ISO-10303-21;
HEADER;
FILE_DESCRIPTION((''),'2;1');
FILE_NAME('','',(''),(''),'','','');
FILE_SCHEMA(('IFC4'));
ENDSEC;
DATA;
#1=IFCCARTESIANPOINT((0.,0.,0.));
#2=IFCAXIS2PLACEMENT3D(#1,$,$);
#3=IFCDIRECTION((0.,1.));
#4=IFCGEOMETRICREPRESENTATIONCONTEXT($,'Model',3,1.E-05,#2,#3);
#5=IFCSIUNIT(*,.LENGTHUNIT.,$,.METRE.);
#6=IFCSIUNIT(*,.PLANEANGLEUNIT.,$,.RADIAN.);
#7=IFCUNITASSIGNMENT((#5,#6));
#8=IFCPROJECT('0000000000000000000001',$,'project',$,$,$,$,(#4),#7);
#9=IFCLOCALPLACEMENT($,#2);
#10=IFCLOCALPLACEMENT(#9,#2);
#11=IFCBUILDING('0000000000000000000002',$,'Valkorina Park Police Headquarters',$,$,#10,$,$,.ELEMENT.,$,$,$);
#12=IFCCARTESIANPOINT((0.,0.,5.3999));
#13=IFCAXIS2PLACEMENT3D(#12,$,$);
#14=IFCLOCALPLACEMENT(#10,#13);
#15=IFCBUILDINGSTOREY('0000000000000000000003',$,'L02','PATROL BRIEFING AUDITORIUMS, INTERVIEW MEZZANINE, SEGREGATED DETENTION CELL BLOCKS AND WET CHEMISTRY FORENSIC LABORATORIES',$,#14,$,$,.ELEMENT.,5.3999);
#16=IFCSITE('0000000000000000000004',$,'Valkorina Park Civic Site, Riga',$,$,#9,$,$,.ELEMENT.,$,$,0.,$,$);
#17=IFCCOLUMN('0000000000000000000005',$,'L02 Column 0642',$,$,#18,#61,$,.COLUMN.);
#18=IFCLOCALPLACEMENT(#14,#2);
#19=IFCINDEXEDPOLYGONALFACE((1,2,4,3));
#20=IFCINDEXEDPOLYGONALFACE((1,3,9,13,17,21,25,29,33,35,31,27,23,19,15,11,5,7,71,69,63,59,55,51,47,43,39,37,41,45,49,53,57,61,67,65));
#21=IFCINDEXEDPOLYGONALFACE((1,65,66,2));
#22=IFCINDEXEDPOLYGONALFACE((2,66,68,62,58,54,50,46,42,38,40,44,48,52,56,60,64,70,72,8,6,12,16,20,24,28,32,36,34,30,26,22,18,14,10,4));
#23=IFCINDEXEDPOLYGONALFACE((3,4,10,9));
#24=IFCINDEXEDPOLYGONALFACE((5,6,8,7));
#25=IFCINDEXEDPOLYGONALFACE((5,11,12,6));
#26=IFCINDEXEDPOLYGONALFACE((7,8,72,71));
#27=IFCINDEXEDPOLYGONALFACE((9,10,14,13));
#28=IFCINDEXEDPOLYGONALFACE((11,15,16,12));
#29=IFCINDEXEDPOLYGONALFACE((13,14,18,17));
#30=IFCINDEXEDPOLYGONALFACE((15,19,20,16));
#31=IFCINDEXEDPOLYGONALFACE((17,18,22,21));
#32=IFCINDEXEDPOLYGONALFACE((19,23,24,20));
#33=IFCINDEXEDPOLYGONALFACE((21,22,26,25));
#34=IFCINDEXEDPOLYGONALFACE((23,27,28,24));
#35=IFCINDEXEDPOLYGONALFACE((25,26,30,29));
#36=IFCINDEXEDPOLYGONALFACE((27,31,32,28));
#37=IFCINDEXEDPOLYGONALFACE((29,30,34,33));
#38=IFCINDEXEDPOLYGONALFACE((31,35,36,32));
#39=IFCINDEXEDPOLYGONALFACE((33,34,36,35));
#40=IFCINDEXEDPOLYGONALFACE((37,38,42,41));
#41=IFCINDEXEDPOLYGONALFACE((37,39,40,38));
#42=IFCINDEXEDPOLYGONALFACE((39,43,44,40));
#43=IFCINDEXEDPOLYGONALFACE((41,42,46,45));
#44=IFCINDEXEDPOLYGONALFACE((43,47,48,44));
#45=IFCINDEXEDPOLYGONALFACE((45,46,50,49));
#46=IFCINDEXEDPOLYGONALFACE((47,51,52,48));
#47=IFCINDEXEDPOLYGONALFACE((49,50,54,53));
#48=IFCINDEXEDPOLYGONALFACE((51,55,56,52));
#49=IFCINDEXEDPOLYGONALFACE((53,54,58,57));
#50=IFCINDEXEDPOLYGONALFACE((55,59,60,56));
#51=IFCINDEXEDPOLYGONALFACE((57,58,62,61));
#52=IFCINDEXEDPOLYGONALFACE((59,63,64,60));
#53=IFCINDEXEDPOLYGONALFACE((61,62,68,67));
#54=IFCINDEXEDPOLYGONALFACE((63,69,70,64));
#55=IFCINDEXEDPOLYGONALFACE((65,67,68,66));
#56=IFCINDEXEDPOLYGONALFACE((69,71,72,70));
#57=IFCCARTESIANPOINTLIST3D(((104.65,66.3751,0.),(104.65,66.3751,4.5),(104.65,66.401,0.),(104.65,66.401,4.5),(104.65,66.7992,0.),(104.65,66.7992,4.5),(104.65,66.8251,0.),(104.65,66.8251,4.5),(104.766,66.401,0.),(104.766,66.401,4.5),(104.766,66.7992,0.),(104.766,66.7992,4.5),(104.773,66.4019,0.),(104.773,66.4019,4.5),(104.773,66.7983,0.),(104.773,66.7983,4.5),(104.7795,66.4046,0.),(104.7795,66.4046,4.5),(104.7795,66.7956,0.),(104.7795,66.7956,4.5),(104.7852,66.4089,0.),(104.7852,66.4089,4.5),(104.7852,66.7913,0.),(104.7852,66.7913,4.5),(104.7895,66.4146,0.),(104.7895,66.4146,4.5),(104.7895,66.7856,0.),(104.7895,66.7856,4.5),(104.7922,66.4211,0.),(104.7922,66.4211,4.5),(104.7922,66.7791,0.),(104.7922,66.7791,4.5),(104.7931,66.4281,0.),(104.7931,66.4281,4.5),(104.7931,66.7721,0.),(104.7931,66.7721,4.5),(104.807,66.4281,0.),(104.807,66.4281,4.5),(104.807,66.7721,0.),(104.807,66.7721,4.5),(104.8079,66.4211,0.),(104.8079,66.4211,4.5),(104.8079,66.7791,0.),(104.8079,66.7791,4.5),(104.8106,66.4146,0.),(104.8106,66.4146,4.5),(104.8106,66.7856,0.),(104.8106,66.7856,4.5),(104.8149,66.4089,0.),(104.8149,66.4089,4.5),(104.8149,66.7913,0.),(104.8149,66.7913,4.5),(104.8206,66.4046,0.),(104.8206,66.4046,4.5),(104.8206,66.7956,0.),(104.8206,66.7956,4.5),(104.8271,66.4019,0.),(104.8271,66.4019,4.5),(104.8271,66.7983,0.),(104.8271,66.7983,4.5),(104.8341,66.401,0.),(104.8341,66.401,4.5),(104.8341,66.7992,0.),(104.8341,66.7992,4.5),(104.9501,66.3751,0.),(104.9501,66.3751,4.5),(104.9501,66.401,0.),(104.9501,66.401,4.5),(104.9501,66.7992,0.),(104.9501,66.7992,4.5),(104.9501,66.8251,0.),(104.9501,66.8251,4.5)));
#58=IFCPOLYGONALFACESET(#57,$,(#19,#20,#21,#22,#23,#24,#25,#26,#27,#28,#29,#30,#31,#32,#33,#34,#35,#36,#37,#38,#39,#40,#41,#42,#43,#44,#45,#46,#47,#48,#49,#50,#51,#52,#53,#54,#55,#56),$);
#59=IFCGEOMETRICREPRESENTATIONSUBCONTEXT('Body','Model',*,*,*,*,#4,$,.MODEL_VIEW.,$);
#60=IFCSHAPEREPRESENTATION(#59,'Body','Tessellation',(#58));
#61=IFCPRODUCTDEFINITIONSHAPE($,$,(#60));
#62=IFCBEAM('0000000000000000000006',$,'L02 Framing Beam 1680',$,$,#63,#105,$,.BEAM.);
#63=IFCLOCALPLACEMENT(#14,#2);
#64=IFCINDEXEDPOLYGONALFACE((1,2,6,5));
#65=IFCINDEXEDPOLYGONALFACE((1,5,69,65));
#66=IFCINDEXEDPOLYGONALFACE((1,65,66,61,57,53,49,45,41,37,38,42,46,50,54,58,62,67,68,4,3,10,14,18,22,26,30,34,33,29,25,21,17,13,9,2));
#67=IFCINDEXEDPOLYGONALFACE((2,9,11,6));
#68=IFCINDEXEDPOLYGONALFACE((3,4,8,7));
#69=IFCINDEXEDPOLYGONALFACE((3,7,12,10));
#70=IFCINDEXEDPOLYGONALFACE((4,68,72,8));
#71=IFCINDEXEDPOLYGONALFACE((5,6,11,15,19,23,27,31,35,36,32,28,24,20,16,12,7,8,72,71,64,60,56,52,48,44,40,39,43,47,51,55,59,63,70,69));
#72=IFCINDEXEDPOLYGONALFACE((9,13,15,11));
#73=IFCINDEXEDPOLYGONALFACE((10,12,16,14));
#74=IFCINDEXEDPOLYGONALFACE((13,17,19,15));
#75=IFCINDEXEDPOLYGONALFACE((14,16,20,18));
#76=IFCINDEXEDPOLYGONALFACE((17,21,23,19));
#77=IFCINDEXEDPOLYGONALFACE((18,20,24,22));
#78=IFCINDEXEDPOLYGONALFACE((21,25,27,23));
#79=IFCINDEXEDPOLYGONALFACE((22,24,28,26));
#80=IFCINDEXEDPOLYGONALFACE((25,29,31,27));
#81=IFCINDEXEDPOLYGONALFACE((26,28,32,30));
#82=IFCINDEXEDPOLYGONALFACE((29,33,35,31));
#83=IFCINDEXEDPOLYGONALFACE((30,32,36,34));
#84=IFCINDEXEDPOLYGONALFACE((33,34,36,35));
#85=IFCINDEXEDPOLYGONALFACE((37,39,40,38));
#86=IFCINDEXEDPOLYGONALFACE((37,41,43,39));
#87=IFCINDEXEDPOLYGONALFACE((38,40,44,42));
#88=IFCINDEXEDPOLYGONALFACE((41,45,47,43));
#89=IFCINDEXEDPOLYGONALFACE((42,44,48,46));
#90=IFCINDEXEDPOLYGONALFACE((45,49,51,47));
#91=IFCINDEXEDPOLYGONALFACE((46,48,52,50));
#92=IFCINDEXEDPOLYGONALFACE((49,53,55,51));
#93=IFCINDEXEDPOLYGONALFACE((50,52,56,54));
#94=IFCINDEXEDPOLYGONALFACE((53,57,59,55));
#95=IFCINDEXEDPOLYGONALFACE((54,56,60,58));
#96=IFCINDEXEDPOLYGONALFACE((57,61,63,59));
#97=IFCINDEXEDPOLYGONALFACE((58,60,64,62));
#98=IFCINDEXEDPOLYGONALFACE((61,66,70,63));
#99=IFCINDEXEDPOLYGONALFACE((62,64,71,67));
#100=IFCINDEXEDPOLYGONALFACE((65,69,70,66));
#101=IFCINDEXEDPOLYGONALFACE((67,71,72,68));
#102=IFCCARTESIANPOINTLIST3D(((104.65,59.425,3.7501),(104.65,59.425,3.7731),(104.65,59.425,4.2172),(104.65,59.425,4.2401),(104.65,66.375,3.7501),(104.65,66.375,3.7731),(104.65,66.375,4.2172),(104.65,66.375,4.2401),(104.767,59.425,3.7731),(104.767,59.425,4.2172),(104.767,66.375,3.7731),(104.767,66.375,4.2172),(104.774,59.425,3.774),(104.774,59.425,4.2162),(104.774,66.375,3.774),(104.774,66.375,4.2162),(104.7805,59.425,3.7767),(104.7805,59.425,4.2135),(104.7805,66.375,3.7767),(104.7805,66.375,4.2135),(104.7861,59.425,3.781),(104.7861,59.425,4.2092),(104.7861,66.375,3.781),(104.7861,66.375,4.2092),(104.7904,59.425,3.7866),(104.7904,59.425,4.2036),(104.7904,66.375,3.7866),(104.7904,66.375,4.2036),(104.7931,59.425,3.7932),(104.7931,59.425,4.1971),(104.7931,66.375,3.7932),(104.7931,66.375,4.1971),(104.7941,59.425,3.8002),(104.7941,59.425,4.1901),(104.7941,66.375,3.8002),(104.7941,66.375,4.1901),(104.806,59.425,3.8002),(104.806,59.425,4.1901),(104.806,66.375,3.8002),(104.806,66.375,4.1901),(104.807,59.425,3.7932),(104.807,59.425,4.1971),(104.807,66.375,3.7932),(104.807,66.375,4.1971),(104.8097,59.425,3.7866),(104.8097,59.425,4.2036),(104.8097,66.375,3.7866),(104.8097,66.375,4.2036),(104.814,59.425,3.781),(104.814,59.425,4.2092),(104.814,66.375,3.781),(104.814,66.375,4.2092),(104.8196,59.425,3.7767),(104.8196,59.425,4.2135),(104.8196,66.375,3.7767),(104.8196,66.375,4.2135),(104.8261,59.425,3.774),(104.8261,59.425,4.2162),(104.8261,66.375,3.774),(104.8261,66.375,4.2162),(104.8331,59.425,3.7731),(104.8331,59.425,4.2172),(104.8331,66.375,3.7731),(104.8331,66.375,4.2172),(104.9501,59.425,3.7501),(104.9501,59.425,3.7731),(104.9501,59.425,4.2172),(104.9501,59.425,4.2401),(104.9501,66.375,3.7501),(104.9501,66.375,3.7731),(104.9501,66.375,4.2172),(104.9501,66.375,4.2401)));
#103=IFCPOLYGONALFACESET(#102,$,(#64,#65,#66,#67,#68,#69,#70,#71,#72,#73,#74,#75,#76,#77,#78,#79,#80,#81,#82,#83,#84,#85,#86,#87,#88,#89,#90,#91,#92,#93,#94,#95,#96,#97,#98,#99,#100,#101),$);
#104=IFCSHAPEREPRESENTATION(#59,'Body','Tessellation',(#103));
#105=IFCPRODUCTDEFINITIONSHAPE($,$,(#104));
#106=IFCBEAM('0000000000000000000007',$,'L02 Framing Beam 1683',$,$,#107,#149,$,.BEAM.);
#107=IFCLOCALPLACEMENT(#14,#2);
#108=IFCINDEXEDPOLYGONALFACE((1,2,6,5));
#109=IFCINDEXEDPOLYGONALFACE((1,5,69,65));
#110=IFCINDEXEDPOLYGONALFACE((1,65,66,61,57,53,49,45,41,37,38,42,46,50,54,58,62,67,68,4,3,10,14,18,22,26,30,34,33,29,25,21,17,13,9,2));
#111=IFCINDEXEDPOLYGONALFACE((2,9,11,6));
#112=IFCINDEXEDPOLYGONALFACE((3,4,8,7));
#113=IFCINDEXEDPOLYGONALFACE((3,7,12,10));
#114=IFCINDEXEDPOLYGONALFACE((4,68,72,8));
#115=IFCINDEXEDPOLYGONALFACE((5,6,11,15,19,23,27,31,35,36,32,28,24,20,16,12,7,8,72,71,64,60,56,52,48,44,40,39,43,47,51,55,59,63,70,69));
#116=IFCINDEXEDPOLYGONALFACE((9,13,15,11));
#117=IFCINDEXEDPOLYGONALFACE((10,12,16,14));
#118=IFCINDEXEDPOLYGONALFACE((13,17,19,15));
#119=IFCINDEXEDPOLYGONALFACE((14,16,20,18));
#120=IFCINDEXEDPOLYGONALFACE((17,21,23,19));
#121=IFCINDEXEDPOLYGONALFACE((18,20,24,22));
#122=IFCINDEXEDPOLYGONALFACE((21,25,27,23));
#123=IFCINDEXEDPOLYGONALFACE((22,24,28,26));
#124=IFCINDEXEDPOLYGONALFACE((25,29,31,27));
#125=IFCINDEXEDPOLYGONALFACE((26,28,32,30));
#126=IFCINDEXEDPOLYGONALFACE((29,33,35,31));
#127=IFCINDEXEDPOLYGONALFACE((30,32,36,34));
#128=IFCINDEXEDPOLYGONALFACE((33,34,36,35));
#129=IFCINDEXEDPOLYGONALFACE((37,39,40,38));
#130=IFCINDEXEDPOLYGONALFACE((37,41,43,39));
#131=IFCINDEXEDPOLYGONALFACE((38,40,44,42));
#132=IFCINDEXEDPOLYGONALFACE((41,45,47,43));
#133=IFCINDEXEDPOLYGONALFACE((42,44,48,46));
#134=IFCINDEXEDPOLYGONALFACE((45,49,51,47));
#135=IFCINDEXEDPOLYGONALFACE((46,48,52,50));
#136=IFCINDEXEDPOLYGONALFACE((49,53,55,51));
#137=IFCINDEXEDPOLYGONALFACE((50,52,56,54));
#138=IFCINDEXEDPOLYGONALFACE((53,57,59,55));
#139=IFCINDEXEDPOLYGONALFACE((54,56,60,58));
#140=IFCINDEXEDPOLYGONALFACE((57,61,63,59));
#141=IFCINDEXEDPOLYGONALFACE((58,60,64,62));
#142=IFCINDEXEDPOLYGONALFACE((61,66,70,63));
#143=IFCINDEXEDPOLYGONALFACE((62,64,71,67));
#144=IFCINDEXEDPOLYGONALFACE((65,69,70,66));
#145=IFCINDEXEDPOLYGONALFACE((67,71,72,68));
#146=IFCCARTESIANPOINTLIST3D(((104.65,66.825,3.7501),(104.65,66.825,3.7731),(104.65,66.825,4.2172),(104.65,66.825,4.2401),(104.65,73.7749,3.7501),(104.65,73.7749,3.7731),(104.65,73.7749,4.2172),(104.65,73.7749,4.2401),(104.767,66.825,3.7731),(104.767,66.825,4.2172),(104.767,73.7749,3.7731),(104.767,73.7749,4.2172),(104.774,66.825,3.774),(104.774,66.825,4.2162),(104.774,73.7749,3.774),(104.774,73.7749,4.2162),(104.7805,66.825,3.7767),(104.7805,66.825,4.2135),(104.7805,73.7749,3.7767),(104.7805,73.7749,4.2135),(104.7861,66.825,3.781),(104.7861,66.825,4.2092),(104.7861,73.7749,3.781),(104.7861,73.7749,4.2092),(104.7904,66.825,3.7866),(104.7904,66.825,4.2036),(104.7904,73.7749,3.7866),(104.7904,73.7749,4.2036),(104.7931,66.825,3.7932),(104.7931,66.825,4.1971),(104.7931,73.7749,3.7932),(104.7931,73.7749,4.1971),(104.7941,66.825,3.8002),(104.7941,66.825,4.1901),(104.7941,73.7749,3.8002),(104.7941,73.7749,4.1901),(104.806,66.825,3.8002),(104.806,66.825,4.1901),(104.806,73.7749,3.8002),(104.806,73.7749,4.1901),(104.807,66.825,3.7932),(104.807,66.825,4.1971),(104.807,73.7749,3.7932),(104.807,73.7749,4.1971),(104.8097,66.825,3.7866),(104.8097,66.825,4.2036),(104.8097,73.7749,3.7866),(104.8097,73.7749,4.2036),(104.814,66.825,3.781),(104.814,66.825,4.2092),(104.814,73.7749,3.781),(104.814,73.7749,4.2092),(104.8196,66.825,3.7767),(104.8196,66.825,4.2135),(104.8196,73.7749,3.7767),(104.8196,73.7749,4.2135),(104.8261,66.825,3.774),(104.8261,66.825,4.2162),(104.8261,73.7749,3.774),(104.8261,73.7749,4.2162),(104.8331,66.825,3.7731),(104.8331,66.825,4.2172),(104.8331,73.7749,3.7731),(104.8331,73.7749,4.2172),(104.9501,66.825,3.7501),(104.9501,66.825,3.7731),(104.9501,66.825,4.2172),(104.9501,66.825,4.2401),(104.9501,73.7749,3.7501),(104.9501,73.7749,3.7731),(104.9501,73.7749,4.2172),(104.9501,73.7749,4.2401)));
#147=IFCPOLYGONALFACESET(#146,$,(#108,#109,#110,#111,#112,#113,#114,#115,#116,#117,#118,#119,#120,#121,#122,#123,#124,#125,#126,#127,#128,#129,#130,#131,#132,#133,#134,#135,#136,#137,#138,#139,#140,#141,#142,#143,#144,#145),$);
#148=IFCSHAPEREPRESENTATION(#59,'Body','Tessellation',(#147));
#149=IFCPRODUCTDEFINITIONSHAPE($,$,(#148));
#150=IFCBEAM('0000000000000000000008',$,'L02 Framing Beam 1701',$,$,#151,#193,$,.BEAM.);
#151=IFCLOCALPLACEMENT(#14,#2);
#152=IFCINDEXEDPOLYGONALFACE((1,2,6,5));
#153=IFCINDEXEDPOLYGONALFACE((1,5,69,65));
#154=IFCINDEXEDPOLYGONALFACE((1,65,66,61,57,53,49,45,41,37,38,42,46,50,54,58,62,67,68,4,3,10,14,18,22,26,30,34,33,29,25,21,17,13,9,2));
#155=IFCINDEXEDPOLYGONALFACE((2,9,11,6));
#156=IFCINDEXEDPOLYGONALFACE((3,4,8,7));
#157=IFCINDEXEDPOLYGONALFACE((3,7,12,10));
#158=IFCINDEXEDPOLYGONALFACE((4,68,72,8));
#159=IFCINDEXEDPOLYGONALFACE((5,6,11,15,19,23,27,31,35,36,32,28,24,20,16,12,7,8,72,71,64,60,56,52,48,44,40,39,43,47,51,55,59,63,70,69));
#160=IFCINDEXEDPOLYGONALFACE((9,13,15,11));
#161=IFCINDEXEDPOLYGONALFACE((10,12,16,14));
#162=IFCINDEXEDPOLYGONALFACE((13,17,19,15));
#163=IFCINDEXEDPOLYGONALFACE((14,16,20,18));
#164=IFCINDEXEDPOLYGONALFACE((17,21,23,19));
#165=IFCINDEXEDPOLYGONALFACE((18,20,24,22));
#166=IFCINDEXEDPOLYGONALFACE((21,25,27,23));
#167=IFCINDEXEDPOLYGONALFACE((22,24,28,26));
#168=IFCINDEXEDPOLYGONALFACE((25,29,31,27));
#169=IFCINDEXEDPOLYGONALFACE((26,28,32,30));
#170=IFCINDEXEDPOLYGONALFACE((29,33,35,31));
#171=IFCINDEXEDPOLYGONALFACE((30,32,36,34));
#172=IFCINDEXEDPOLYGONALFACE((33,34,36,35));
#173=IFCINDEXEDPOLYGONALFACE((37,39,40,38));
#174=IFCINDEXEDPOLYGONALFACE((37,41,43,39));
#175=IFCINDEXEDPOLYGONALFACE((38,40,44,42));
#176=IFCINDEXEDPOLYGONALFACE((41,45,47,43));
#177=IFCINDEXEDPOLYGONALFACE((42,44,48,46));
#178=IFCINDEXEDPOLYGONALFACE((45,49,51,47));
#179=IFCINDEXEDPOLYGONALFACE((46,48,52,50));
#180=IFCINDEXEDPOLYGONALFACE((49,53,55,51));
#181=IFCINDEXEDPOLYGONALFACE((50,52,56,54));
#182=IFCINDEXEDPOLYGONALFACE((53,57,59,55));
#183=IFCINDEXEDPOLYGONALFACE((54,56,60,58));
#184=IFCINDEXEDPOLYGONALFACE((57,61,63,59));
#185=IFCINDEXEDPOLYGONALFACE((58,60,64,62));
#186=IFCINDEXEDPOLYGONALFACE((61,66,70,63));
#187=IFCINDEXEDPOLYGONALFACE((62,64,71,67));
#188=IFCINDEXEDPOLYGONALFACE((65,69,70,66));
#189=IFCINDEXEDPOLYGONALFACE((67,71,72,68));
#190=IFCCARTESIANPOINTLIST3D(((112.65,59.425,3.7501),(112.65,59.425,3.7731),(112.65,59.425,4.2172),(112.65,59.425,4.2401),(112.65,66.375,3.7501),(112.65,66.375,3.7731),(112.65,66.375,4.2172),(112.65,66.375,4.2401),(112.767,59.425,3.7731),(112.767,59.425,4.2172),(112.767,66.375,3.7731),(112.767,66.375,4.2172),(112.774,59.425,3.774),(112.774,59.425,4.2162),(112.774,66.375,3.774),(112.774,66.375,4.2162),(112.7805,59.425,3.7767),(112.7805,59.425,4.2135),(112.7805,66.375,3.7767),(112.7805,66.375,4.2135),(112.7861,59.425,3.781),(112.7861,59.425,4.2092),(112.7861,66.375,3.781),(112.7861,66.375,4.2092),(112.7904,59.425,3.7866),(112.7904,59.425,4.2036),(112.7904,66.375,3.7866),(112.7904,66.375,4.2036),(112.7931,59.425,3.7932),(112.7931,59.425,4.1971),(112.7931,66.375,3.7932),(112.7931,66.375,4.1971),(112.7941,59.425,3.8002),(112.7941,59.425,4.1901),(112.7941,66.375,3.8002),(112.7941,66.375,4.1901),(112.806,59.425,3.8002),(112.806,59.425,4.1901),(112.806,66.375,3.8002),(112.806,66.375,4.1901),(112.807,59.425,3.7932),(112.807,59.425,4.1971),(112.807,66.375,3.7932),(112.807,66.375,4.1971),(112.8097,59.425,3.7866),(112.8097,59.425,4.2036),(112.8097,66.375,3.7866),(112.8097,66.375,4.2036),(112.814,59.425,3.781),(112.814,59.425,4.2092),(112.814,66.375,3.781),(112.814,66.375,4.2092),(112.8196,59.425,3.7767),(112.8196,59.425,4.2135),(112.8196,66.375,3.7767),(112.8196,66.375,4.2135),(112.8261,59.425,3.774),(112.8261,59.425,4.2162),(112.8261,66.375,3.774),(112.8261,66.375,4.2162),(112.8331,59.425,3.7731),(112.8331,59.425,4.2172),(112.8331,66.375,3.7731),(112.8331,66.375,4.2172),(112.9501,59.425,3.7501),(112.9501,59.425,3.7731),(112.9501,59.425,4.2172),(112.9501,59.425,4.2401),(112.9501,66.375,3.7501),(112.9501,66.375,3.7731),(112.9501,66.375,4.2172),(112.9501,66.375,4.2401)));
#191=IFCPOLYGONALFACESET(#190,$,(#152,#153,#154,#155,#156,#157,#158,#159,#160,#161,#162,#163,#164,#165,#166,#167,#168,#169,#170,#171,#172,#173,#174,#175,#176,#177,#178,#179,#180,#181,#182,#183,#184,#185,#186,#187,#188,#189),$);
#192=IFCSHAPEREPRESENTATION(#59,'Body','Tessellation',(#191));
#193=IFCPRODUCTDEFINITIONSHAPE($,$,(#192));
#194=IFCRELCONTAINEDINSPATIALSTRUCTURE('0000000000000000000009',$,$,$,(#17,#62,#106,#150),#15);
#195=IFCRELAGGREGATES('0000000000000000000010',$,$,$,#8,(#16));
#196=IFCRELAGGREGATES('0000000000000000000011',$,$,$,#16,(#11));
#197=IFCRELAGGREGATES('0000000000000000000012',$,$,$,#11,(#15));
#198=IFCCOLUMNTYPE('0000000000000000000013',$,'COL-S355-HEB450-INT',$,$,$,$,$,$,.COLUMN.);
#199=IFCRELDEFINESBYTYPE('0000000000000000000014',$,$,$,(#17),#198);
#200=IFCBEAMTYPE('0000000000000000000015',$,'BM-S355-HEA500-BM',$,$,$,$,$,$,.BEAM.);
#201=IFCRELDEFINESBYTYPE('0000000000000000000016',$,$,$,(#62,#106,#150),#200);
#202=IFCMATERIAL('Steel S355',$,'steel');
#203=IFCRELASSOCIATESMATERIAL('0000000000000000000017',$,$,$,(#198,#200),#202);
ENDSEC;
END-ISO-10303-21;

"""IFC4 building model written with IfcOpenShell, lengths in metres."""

from ifc_helpers import new_model, si_unit, direction, frame, origin, origin_2d, place, context, subcontext, project, spatial, i_section, extrude, material, material_profile, profile_set, type_object, element, save


model = new_model("IFC4")

# Units and contexts
model_context = context("Model", 3, precision=1e-05, world=origin(), true_north=direction((0.0, 1.0)))
body_context = subcontext(model_context, "Body", "Model", "MODEL_VIEW")
ifc_project = project(units=[si_unit("LENGTHUNIT", "METRE"), si_unit("PLANEANGLEUNIT", "RADIAN")], contexts=[model_context])

# Site, building, storey
site_placement = place(None, origin())
site = spatial("IfcSite", under=ifc_project, at=site_placement, Name="Valkorina Park Civic Site, Riga", CompositionType="ELEMENT", RefElevation=0.0)
building_placement = place(site_placement, origin())
building = spatial("IfcBuilding", under=site, at=building_placement, Name="Valkorina Park Police Headquarters", CompositionType="ELEMENT")
storey_placement = place(building_placement, frame((0.0, 0.0, 5.3999)))
storey = spatial("IfcBuildingStorey", under=building, at=storey_placement, Name="L02", Description="PATROL BRIEFING AUDITORIUMS, INTERVIEW MEZZANINE, SEGREGATED DETENTION CELL BLOCKS AND WET CHEMISTRY FORENSIC LABORATORIES", CompositionType="ELEMENT", Elevation=5.3999)

# Column
ifc_material_1 = material(Name="Steel S355", Category="steel")
ifc_material_profile_1 = material_profile(ifc_material_1, i_section(OverallWidth=0.3, OverallDepth=0.45, WebThickness=0.0139, FlangeThickness=0.0259, FilletRadius=0.0271, at=origin_2d()), Name="HEB 450")
ifc_profile_set_1 = profile_set([ifc_material_profile_1], Name="Steel S355")
column_type = type_object("IfcColumnType", Name="COL-S355-HEB450-INT", PredefinedType="COLUMN", material=ifc_profile_set_1)
column_placement = place(storey_placement, frame((104.8, 66.6001, 0.0), z_axis=(0.0, 0.0, 1.0), x_axis=(1.0, 0.0, 0.0)))
element("IfcColumn", 1, at=column_placement, inside=storey, type_object=column_type, Name="L02 Column 0642", PredefinedType="COLUMN", context=body_context, shape_type="SweptSolid", body=[
    extrude(i_section(OverallWidth=0.3, OverallDepth=0.45, WebThickness=0.0139, FlangeThickness=0.0259, FilletRadius=0.0271, at=origin_2d()), origin(), (0.0, 0.0, 1.0), 4.5),
])

# Beams
ifc_material_profile_2 = material_profile(ifc_material_1, i_section(OverallWidth=0.3, OverallDepth=0.49, WebThickness=0.012, FlangeThickness=0.0229, FilletRadius=0.0271, at=origin_2d()), Name="HEA 500")
ifc_profile_set_2 = profile_set([ifc_material_profile_2], Name="Steel S355")
beam_type_1 = type_object("IfcBeamType", Name="BM-S355-HEA500-BM", PredefinedType="BEAM", material=ifc_profile_set_2)
for number, where, z_axis, x_axis, name in (
    (2, (104.8, 59.425, 3.9951), (0.0, 1.0, 0.0), (-1.0, 0.0, 0.0), "L02 Framing Beam 1680"),
    (3, (104.8, 66.825, 3.9951), (0.0, 1.0, 0.0), (-1.0, 0.0, 0.0), "L02 Framing Beam 1683"),
    (4, (112.8, 59.425, 3.9951), (0.0, 1.0, 0.0), (-1.0, 0.0, 0.0), "L02 Framing Beam 1701"),
):
    element("IfcBeam", number, at=place(storey_placement, frame(where, z_axis=z_axis, x_axis=x_axis)), inside=storey, type_object=beam_type_1, Name=name, PredefinedType="BEAM", context=body_context, shape_type="SweptSolid", body=[
        extrude(i_section(OverallWidth=0.3, OverallDepth=0.49, WebThickness=0.012, FlangeThickness=0.0229, FilletRadius=0.0271, at=origin_2d()), origin(), (0.0, 0.0, 1.0), 6.95),
    ])

save(model, "model.ifc")
